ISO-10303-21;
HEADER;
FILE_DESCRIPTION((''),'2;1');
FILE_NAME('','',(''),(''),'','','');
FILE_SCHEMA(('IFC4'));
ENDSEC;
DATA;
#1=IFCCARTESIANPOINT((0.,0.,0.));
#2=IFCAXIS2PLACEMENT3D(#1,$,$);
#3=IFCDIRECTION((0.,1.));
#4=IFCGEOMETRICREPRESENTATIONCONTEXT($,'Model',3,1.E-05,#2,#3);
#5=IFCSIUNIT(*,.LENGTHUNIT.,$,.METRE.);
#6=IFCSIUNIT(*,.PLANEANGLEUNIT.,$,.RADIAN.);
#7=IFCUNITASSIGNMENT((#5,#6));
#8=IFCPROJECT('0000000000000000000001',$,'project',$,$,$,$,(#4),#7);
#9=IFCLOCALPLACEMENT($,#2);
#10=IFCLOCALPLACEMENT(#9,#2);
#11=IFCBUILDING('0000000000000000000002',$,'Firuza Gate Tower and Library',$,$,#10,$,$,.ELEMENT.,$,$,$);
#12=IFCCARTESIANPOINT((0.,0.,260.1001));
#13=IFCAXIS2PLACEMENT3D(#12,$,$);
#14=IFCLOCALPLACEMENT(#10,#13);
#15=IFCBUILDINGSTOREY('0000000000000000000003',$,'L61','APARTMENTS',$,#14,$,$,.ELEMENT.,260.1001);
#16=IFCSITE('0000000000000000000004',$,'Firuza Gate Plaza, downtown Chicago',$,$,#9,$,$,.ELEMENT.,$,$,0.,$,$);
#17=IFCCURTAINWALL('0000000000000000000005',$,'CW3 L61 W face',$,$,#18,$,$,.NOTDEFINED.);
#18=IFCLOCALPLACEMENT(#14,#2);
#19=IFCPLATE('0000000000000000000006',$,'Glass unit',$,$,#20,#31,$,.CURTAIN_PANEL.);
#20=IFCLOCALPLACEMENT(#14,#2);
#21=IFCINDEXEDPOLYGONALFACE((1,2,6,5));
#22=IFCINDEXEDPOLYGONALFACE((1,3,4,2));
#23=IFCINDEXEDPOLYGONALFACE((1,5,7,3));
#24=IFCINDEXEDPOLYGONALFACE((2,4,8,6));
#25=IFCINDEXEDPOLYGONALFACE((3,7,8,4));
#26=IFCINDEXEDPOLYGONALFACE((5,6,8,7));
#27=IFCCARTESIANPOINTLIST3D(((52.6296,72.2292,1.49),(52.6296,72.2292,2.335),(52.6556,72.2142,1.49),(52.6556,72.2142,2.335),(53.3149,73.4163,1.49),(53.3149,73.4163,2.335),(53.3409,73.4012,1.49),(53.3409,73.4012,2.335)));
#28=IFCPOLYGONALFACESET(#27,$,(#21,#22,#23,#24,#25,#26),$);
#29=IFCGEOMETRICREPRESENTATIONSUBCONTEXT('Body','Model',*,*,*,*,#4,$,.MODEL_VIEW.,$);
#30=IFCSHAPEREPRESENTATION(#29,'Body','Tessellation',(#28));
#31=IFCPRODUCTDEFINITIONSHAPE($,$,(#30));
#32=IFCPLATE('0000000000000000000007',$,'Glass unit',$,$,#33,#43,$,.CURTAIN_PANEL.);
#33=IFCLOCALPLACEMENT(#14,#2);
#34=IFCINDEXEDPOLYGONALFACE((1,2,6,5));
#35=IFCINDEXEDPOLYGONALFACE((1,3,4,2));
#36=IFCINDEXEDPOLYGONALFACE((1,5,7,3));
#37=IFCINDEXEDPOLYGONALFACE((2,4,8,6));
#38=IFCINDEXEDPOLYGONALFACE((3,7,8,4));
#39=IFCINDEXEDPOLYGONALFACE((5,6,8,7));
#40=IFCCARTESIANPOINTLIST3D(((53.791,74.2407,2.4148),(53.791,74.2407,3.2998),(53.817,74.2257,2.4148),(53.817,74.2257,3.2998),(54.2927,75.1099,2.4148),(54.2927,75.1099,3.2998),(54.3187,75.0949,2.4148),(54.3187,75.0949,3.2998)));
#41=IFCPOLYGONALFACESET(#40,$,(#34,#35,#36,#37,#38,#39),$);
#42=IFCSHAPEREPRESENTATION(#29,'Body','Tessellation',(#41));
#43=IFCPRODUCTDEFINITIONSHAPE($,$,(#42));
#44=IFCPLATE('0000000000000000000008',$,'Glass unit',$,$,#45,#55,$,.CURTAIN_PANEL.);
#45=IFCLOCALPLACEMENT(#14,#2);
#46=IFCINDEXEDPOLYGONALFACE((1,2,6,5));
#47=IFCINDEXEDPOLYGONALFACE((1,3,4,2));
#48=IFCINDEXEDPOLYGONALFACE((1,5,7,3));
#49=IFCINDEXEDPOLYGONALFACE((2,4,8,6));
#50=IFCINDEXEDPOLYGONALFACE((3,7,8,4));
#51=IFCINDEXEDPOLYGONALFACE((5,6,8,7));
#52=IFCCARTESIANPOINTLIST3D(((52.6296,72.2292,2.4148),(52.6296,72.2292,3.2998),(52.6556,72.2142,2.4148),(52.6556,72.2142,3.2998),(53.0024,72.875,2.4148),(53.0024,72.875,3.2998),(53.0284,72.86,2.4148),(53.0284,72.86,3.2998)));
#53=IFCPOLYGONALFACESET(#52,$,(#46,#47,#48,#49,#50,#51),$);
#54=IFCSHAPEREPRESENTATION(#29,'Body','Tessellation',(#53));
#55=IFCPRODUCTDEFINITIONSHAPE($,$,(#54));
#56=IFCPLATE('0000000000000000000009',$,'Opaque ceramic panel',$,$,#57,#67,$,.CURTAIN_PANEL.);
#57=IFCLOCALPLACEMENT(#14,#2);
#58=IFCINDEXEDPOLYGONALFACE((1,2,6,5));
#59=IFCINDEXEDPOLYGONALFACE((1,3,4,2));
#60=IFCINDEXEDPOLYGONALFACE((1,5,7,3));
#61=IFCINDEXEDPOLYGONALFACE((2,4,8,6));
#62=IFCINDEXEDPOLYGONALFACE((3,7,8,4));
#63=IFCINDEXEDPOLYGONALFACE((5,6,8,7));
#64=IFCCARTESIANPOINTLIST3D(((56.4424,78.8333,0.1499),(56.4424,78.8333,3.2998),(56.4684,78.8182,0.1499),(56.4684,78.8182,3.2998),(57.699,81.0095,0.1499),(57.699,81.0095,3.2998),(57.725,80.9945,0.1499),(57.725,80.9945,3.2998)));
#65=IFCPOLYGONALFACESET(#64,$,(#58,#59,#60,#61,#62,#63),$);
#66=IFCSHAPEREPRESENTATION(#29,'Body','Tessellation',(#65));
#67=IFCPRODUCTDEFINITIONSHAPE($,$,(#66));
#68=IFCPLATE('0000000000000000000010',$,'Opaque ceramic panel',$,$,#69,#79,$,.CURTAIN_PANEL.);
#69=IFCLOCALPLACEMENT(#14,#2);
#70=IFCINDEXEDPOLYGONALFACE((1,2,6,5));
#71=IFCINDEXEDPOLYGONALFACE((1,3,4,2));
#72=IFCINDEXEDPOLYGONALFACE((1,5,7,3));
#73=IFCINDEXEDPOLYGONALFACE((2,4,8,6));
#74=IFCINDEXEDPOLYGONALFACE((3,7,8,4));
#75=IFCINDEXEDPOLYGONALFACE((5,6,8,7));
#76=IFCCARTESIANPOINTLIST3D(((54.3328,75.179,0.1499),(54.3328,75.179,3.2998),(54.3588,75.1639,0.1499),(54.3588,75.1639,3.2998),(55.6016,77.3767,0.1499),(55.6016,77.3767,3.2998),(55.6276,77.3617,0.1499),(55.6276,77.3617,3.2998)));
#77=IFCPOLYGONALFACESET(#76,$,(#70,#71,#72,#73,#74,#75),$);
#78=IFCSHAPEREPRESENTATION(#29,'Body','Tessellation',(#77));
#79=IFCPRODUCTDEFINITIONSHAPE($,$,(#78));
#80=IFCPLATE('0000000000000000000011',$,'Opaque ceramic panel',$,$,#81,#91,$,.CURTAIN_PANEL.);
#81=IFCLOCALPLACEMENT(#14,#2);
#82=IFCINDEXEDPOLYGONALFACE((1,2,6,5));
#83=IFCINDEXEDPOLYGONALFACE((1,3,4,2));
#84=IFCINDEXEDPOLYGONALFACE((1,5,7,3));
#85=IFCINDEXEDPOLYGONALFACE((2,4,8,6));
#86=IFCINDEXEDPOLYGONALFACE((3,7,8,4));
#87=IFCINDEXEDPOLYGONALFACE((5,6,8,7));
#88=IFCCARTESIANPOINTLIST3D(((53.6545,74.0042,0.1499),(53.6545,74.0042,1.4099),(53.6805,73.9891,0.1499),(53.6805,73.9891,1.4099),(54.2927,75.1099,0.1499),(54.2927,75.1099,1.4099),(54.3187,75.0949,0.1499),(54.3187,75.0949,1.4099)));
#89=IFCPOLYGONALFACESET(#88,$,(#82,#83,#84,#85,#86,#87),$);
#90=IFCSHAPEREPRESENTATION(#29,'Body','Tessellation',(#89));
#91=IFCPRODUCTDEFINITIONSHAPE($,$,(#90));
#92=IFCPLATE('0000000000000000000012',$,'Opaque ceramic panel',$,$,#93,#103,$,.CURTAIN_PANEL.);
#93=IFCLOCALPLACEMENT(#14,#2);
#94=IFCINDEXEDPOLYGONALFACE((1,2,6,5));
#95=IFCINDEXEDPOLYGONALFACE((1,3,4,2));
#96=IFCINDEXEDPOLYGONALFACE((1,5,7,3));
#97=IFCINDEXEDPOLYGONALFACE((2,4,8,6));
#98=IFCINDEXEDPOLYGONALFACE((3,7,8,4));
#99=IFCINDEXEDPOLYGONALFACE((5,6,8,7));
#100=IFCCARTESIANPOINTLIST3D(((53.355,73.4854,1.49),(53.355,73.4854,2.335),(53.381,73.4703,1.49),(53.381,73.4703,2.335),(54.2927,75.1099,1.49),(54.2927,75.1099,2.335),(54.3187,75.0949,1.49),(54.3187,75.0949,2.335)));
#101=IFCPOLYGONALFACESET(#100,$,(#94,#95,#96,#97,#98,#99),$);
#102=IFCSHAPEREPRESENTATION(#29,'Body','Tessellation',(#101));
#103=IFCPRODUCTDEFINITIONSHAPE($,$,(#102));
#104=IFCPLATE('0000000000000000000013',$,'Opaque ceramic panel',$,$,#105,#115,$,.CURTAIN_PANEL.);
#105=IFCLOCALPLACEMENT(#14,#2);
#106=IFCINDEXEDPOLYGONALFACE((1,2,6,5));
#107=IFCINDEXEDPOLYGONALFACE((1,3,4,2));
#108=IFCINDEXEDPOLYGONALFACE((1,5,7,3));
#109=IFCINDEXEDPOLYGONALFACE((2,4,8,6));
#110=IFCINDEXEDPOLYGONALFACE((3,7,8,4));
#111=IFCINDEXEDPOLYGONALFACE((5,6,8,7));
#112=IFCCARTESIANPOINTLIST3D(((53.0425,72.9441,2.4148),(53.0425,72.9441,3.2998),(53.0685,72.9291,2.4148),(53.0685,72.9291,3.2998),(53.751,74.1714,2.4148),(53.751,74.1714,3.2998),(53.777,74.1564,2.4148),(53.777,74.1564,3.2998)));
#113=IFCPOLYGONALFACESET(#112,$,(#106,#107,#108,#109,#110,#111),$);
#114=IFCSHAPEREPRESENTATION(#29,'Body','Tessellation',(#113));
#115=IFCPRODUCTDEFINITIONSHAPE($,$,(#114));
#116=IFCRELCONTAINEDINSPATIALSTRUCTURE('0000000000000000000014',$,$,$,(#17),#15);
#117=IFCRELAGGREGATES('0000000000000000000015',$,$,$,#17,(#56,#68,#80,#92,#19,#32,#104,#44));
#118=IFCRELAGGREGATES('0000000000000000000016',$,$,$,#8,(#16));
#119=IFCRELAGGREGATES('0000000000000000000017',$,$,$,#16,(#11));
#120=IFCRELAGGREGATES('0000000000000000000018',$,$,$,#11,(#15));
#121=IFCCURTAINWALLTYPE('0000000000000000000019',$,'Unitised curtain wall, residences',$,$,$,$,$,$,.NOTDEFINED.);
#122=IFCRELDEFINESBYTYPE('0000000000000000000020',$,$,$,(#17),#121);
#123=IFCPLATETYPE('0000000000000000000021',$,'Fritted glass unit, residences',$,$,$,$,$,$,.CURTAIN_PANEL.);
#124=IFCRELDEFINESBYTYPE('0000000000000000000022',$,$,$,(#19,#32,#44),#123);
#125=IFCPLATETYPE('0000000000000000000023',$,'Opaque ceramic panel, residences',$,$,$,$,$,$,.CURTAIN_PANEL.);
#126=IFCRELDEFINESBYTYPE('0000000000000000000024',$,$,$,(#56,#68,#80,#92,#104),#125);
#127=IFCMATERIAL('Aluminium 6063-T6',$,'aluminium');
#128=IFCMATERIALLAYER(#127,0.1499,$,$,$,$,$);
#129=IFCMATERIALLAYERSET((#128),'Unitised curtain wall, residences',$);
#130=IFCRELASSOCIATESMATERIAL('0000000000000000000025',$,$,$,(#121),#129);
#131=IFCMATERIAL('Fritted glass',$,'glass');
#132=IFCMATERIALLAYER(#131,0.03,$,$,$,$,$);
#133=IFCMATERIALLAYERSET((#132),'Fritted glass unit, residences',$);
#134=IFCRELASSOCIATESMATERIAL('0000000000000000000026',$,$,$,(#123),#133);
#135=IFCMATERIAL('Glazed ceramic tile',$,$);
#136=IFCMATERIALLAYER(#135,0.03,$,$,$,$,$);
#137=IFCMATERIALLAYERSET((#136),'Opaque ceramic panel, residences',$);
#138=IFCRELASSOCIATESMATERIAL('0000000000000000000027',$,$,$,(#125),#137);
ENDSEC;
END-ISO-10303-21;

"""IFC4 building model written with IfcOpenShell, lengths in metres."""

from ifc_helpers import new_model, si_unit, direction, frame, origin, place, context, subcontext, project, spatial, polyline, outline, extrude, material, layer, layer_set, type_object, element, aggregate, save


model = new_model("IFC4")

# Units and contexts
model_context = context("Model", 3, precision=1e-05, world=origin(), true_north=direction((0.0, 1.0)))
body_context = subcontext(model_context, "Body", "Model", "MODEL_VIEW")
ifc_project = project(units=[si_unit("LENGTHUNIT", "METRE"), si_unit("PLANEANGLEUNIT", "RADIAN")], contexts=[model_context])

# Site, building, storey
site_placement = place(None, origin())
site = spatial("IfcSite", under=ifc_project, at=site_placement, Name="Firuza Gate Plaza, downtown Chicago", CompositionType="ELEMENT", RefElevation=0.0)
building_placement = place(site_placement, origin())
building = spatial("IfcBuilding", under=site, at=building_placement, Name="Firuza Gate Tower and Library", CompositionType="ELEMENT")
storey_placement = place(building_placement, frame((0.0, 0.0, 260.1001)))
storey = spatial("IfcBuildingStorey", under=building, at=storey_placement, Name="L61", Description="APARTMENTS", CompositionType="ELEMENT", Elevation=260.1001)

# Curtain wall
ifc_material_1 = material(Name="Aluminium 6063-T6", Category="aluminium")
ifc_layer_1 = layer(ifc_material_1, 0.1499)
ifc_layer_set_1 = layer_set([ifc_layer_1], Name="Unitised curtain wall, residences")
curtain_wall_type = type_object("IfcCurtainWallType", Name="Unitised curtain wall, residences", PredefinedType="NOTDEFINED", material=ifc_layer_set_1)
curtain_wall_placement = place(storey_placement, origin())
curtain_wall = element("IfcCurtainWall", 1, at=curtain_wall_placement, inside=storey, type_object=curtain_wall_type, Name="CW3 L61 W face", PredefinedType="NOTDEFINED")

# Plates
ifc_material_2 = material(Name="Fritted glass", Category="glass")
ifc_layer_2 = layer(ifc_material_2, 0.03)
ifc_layer_set_2 = layer_set([ifc_layer_2], Name="Fritted glass unit, residences")
plate_type_1 = type_object("IfcPlateType", Name="Fritted glass unit, residences", PredefinedType="CURTAIN_PANEL", material=ifc_layer_set_2)
plate_1_placement = place(storey_placement, frame((53.3149, 73.4163, 1.49), z_axis=(-0.866031, 0.49999, 0.0), x_axis=(-0.49999, -0.866031, 0.0)))
plate_1 = element("IfcPlate", 2, at=plate_1_placement, type_object=plate_type_1, Name="Glass unit", PredefinedType="CURTAIN_PANEL", context=body_context, shape_type="SweptSolid", body=[
    extrude(outline(polyline([(0.0, 0.0), (1.3706, 0.0), (1.3706, 0.845), (0.0, 0.845), (0.0, 0.0)])), origin(), (0.0, 0.0, -1.0), 0.03),
])
plate_2_placement = place(storey_placement, frame((54.2927, 75.1099, 2.4148), z_axis=(-0.866064, 0.499933, 0.0), x_axis=(-0.499933, -0.866064, 0.0)))
plate_2 = element("IfcPlate", 3, at=plate_2_placement, type_object=plate_type_1, Name="Glass unit", PredefinedType="CURTAIN_PANEL", context=body_context, shape_type="SweptSolid", body=[
    extrude(outline(polyline([(0.0, 0.0), (1.0036, 0.0), (1.0036, 0.885), (0.0, 0.885), (0.0, 0.0)])), origin(), (0.0, 0.0, -1.0), 0.03),
])
plate_3_placement = place(storey_placement, frame((53.0024, 72.875, 2.4148), z_axis=(-0.866038, 0.499978, 0.0), x_axis=(-0.499978, -0.866038, 0.0)))
plate_3 = element("IfcPlate", 4, at=plate_3_placement, type_object=plate_type_1, Name="Glass unit", PredefinedType="CURTAIN_PANEL", context=body_context, shape_type="SweptSolid", body=[
    extrude(outline(polyline([(0.0, 0.0), (0.7456, 0.0), (0.7456, 0.885), (0.0, 0.885), (0.0, 0.0)])), origin(), (0.0, 0.0, -1.0), 0.03),
])
ifc_material_3 = material(Name="Glazed ceramic tile")
ifc_layer_3 = layer(ifc_material_3, 0.03)
ifc_layer_set_3 = layer_set([ifc_layer_3], Name="Opaque ceramic panel, residences")
plate_type_2 = type_object("IfcPlateType", Name="Opaque ceramic panel, residences", PredefinedType="CURTAIN_PANEL", material=ifc_layer_set_3)
plate_4_placement = place(storey_placement, frame((57.699, 81.0095, 0.1499), z_axis=(-0.866004, 0.500036, 0.0), x_axis=(-0.500036, -0.866004, 0.0)))
plate_4 = element("IfcPlate", 5, at=plate_4_placement, type_object=plate_type_2, Name="Opaque ceramic panel", PredefinedType="CURTAIN_PANEL", context=body_context, shape_type="SweptSolid", body=[
    extrude(outline(polyline([(0.0, 0.0), (2.513, 0.0), (2.513, 3.1499), (0.0, 3.1499), (0.0, 0.0)])), origin(), (0.0, 0.0, -1.0), 0.03),
])
plate_5_placement = place(storey_placement, frame((55.6016, 77.3767, 0.1499), z_axis=(-0.866038, 0.499978, 0.0), x_axis=(-0.499978, -0.866038, 0.0)))
plate_5 = element("IfcPlate", 6, at=plate_5_placement, type_object=plate_type_2, Name="Opaque ceramic panel", PredefinedType="CURTAIN_PANEL", context=body_context, shape_type="SweptSolid", body=[
    extrude(outline(polyline([(0.0, 0.0), (2.5377, 0.0), (2.5377, 3.1499), (0.0, 3.1499), (0.0, 0.0)])), origin(), (0.0, 0.0, -1.0), 0.03),
])
plate_6_placement = place(storey_placement, frame((54.2927, 75.1099, 0.1499), z_axis=(-0.866093, 0.499882, 0.0), x_axis=(-0.499882, -0.866093, 0.0)))
plate_6 = element("IfcPlate", 7, at=plate_6_placement, type_object=plate_type_2, Name="Opaque ceramic panel", PredefinedType="CURTAIN_PANEL", context=body_context, shape_type="SweptSolid", body=[
    extrude(outline(polyline([(0.0, 0.0), (1.2767, 0.0), (1.2767, 1.26), (0.0, 1.26), (0.0, 0.0)])), origin(), (0.0, 0.0, -1.0), 0.03),
])
plate_7_placement = place(storey_placement, frame((54.2927, 75.1099, 1.49), z_axis=(-0.866064, 0.499933, 0.0), x_axis=(-0.499933, -0.866064, 0.0)))
plate_7 = element("IfcPlate", 8, at=plate_7_placement, type_object=plate_type_2, Name="Opaque ceramic panel", PredefinedType="CURTAIN_PANEL", context=body_context, shape_type="SweptSolid", body=[
    extrude(outline(polyline([(0.0, 0.0), (1.8757, 0.0), (1.8757, 0.845), (0.0, 0.845), (0.0, 0.0)])), origin(), (0.0, 0.0, -1.0), 0.03),
])
plate_8_placement = place(storey_placement, frame((53.751, 74.1714, 2.4148), z_axis=(-0.866051, 0.499956, 0.0), x_axis=(-0.499956, -0.866051, 0.0)))
plate_8 = element("IfcPlate", 9, at=plate_8_placement, type_object=plate_type_2, Name="Opaque ceramic panel", PredefinedType="CURTAIN_PANEL", context=body_context, shape_type="SweptSolid", body=[
    extrude(outline(polyline([(0.0, 0.0), (1.4171, 0.0), (1.4171, 0.885), (0.0, 0.885), (0.0, 0.0)])), origin(), (0.0, 0.0, -1.0), 0.03),
])
aggregate(curtain_wall, [plate_4, plate_5, plate_6, plate_7, plate_1, plate_2, plate_8, plate_3])

save(model, "model.ifc")
